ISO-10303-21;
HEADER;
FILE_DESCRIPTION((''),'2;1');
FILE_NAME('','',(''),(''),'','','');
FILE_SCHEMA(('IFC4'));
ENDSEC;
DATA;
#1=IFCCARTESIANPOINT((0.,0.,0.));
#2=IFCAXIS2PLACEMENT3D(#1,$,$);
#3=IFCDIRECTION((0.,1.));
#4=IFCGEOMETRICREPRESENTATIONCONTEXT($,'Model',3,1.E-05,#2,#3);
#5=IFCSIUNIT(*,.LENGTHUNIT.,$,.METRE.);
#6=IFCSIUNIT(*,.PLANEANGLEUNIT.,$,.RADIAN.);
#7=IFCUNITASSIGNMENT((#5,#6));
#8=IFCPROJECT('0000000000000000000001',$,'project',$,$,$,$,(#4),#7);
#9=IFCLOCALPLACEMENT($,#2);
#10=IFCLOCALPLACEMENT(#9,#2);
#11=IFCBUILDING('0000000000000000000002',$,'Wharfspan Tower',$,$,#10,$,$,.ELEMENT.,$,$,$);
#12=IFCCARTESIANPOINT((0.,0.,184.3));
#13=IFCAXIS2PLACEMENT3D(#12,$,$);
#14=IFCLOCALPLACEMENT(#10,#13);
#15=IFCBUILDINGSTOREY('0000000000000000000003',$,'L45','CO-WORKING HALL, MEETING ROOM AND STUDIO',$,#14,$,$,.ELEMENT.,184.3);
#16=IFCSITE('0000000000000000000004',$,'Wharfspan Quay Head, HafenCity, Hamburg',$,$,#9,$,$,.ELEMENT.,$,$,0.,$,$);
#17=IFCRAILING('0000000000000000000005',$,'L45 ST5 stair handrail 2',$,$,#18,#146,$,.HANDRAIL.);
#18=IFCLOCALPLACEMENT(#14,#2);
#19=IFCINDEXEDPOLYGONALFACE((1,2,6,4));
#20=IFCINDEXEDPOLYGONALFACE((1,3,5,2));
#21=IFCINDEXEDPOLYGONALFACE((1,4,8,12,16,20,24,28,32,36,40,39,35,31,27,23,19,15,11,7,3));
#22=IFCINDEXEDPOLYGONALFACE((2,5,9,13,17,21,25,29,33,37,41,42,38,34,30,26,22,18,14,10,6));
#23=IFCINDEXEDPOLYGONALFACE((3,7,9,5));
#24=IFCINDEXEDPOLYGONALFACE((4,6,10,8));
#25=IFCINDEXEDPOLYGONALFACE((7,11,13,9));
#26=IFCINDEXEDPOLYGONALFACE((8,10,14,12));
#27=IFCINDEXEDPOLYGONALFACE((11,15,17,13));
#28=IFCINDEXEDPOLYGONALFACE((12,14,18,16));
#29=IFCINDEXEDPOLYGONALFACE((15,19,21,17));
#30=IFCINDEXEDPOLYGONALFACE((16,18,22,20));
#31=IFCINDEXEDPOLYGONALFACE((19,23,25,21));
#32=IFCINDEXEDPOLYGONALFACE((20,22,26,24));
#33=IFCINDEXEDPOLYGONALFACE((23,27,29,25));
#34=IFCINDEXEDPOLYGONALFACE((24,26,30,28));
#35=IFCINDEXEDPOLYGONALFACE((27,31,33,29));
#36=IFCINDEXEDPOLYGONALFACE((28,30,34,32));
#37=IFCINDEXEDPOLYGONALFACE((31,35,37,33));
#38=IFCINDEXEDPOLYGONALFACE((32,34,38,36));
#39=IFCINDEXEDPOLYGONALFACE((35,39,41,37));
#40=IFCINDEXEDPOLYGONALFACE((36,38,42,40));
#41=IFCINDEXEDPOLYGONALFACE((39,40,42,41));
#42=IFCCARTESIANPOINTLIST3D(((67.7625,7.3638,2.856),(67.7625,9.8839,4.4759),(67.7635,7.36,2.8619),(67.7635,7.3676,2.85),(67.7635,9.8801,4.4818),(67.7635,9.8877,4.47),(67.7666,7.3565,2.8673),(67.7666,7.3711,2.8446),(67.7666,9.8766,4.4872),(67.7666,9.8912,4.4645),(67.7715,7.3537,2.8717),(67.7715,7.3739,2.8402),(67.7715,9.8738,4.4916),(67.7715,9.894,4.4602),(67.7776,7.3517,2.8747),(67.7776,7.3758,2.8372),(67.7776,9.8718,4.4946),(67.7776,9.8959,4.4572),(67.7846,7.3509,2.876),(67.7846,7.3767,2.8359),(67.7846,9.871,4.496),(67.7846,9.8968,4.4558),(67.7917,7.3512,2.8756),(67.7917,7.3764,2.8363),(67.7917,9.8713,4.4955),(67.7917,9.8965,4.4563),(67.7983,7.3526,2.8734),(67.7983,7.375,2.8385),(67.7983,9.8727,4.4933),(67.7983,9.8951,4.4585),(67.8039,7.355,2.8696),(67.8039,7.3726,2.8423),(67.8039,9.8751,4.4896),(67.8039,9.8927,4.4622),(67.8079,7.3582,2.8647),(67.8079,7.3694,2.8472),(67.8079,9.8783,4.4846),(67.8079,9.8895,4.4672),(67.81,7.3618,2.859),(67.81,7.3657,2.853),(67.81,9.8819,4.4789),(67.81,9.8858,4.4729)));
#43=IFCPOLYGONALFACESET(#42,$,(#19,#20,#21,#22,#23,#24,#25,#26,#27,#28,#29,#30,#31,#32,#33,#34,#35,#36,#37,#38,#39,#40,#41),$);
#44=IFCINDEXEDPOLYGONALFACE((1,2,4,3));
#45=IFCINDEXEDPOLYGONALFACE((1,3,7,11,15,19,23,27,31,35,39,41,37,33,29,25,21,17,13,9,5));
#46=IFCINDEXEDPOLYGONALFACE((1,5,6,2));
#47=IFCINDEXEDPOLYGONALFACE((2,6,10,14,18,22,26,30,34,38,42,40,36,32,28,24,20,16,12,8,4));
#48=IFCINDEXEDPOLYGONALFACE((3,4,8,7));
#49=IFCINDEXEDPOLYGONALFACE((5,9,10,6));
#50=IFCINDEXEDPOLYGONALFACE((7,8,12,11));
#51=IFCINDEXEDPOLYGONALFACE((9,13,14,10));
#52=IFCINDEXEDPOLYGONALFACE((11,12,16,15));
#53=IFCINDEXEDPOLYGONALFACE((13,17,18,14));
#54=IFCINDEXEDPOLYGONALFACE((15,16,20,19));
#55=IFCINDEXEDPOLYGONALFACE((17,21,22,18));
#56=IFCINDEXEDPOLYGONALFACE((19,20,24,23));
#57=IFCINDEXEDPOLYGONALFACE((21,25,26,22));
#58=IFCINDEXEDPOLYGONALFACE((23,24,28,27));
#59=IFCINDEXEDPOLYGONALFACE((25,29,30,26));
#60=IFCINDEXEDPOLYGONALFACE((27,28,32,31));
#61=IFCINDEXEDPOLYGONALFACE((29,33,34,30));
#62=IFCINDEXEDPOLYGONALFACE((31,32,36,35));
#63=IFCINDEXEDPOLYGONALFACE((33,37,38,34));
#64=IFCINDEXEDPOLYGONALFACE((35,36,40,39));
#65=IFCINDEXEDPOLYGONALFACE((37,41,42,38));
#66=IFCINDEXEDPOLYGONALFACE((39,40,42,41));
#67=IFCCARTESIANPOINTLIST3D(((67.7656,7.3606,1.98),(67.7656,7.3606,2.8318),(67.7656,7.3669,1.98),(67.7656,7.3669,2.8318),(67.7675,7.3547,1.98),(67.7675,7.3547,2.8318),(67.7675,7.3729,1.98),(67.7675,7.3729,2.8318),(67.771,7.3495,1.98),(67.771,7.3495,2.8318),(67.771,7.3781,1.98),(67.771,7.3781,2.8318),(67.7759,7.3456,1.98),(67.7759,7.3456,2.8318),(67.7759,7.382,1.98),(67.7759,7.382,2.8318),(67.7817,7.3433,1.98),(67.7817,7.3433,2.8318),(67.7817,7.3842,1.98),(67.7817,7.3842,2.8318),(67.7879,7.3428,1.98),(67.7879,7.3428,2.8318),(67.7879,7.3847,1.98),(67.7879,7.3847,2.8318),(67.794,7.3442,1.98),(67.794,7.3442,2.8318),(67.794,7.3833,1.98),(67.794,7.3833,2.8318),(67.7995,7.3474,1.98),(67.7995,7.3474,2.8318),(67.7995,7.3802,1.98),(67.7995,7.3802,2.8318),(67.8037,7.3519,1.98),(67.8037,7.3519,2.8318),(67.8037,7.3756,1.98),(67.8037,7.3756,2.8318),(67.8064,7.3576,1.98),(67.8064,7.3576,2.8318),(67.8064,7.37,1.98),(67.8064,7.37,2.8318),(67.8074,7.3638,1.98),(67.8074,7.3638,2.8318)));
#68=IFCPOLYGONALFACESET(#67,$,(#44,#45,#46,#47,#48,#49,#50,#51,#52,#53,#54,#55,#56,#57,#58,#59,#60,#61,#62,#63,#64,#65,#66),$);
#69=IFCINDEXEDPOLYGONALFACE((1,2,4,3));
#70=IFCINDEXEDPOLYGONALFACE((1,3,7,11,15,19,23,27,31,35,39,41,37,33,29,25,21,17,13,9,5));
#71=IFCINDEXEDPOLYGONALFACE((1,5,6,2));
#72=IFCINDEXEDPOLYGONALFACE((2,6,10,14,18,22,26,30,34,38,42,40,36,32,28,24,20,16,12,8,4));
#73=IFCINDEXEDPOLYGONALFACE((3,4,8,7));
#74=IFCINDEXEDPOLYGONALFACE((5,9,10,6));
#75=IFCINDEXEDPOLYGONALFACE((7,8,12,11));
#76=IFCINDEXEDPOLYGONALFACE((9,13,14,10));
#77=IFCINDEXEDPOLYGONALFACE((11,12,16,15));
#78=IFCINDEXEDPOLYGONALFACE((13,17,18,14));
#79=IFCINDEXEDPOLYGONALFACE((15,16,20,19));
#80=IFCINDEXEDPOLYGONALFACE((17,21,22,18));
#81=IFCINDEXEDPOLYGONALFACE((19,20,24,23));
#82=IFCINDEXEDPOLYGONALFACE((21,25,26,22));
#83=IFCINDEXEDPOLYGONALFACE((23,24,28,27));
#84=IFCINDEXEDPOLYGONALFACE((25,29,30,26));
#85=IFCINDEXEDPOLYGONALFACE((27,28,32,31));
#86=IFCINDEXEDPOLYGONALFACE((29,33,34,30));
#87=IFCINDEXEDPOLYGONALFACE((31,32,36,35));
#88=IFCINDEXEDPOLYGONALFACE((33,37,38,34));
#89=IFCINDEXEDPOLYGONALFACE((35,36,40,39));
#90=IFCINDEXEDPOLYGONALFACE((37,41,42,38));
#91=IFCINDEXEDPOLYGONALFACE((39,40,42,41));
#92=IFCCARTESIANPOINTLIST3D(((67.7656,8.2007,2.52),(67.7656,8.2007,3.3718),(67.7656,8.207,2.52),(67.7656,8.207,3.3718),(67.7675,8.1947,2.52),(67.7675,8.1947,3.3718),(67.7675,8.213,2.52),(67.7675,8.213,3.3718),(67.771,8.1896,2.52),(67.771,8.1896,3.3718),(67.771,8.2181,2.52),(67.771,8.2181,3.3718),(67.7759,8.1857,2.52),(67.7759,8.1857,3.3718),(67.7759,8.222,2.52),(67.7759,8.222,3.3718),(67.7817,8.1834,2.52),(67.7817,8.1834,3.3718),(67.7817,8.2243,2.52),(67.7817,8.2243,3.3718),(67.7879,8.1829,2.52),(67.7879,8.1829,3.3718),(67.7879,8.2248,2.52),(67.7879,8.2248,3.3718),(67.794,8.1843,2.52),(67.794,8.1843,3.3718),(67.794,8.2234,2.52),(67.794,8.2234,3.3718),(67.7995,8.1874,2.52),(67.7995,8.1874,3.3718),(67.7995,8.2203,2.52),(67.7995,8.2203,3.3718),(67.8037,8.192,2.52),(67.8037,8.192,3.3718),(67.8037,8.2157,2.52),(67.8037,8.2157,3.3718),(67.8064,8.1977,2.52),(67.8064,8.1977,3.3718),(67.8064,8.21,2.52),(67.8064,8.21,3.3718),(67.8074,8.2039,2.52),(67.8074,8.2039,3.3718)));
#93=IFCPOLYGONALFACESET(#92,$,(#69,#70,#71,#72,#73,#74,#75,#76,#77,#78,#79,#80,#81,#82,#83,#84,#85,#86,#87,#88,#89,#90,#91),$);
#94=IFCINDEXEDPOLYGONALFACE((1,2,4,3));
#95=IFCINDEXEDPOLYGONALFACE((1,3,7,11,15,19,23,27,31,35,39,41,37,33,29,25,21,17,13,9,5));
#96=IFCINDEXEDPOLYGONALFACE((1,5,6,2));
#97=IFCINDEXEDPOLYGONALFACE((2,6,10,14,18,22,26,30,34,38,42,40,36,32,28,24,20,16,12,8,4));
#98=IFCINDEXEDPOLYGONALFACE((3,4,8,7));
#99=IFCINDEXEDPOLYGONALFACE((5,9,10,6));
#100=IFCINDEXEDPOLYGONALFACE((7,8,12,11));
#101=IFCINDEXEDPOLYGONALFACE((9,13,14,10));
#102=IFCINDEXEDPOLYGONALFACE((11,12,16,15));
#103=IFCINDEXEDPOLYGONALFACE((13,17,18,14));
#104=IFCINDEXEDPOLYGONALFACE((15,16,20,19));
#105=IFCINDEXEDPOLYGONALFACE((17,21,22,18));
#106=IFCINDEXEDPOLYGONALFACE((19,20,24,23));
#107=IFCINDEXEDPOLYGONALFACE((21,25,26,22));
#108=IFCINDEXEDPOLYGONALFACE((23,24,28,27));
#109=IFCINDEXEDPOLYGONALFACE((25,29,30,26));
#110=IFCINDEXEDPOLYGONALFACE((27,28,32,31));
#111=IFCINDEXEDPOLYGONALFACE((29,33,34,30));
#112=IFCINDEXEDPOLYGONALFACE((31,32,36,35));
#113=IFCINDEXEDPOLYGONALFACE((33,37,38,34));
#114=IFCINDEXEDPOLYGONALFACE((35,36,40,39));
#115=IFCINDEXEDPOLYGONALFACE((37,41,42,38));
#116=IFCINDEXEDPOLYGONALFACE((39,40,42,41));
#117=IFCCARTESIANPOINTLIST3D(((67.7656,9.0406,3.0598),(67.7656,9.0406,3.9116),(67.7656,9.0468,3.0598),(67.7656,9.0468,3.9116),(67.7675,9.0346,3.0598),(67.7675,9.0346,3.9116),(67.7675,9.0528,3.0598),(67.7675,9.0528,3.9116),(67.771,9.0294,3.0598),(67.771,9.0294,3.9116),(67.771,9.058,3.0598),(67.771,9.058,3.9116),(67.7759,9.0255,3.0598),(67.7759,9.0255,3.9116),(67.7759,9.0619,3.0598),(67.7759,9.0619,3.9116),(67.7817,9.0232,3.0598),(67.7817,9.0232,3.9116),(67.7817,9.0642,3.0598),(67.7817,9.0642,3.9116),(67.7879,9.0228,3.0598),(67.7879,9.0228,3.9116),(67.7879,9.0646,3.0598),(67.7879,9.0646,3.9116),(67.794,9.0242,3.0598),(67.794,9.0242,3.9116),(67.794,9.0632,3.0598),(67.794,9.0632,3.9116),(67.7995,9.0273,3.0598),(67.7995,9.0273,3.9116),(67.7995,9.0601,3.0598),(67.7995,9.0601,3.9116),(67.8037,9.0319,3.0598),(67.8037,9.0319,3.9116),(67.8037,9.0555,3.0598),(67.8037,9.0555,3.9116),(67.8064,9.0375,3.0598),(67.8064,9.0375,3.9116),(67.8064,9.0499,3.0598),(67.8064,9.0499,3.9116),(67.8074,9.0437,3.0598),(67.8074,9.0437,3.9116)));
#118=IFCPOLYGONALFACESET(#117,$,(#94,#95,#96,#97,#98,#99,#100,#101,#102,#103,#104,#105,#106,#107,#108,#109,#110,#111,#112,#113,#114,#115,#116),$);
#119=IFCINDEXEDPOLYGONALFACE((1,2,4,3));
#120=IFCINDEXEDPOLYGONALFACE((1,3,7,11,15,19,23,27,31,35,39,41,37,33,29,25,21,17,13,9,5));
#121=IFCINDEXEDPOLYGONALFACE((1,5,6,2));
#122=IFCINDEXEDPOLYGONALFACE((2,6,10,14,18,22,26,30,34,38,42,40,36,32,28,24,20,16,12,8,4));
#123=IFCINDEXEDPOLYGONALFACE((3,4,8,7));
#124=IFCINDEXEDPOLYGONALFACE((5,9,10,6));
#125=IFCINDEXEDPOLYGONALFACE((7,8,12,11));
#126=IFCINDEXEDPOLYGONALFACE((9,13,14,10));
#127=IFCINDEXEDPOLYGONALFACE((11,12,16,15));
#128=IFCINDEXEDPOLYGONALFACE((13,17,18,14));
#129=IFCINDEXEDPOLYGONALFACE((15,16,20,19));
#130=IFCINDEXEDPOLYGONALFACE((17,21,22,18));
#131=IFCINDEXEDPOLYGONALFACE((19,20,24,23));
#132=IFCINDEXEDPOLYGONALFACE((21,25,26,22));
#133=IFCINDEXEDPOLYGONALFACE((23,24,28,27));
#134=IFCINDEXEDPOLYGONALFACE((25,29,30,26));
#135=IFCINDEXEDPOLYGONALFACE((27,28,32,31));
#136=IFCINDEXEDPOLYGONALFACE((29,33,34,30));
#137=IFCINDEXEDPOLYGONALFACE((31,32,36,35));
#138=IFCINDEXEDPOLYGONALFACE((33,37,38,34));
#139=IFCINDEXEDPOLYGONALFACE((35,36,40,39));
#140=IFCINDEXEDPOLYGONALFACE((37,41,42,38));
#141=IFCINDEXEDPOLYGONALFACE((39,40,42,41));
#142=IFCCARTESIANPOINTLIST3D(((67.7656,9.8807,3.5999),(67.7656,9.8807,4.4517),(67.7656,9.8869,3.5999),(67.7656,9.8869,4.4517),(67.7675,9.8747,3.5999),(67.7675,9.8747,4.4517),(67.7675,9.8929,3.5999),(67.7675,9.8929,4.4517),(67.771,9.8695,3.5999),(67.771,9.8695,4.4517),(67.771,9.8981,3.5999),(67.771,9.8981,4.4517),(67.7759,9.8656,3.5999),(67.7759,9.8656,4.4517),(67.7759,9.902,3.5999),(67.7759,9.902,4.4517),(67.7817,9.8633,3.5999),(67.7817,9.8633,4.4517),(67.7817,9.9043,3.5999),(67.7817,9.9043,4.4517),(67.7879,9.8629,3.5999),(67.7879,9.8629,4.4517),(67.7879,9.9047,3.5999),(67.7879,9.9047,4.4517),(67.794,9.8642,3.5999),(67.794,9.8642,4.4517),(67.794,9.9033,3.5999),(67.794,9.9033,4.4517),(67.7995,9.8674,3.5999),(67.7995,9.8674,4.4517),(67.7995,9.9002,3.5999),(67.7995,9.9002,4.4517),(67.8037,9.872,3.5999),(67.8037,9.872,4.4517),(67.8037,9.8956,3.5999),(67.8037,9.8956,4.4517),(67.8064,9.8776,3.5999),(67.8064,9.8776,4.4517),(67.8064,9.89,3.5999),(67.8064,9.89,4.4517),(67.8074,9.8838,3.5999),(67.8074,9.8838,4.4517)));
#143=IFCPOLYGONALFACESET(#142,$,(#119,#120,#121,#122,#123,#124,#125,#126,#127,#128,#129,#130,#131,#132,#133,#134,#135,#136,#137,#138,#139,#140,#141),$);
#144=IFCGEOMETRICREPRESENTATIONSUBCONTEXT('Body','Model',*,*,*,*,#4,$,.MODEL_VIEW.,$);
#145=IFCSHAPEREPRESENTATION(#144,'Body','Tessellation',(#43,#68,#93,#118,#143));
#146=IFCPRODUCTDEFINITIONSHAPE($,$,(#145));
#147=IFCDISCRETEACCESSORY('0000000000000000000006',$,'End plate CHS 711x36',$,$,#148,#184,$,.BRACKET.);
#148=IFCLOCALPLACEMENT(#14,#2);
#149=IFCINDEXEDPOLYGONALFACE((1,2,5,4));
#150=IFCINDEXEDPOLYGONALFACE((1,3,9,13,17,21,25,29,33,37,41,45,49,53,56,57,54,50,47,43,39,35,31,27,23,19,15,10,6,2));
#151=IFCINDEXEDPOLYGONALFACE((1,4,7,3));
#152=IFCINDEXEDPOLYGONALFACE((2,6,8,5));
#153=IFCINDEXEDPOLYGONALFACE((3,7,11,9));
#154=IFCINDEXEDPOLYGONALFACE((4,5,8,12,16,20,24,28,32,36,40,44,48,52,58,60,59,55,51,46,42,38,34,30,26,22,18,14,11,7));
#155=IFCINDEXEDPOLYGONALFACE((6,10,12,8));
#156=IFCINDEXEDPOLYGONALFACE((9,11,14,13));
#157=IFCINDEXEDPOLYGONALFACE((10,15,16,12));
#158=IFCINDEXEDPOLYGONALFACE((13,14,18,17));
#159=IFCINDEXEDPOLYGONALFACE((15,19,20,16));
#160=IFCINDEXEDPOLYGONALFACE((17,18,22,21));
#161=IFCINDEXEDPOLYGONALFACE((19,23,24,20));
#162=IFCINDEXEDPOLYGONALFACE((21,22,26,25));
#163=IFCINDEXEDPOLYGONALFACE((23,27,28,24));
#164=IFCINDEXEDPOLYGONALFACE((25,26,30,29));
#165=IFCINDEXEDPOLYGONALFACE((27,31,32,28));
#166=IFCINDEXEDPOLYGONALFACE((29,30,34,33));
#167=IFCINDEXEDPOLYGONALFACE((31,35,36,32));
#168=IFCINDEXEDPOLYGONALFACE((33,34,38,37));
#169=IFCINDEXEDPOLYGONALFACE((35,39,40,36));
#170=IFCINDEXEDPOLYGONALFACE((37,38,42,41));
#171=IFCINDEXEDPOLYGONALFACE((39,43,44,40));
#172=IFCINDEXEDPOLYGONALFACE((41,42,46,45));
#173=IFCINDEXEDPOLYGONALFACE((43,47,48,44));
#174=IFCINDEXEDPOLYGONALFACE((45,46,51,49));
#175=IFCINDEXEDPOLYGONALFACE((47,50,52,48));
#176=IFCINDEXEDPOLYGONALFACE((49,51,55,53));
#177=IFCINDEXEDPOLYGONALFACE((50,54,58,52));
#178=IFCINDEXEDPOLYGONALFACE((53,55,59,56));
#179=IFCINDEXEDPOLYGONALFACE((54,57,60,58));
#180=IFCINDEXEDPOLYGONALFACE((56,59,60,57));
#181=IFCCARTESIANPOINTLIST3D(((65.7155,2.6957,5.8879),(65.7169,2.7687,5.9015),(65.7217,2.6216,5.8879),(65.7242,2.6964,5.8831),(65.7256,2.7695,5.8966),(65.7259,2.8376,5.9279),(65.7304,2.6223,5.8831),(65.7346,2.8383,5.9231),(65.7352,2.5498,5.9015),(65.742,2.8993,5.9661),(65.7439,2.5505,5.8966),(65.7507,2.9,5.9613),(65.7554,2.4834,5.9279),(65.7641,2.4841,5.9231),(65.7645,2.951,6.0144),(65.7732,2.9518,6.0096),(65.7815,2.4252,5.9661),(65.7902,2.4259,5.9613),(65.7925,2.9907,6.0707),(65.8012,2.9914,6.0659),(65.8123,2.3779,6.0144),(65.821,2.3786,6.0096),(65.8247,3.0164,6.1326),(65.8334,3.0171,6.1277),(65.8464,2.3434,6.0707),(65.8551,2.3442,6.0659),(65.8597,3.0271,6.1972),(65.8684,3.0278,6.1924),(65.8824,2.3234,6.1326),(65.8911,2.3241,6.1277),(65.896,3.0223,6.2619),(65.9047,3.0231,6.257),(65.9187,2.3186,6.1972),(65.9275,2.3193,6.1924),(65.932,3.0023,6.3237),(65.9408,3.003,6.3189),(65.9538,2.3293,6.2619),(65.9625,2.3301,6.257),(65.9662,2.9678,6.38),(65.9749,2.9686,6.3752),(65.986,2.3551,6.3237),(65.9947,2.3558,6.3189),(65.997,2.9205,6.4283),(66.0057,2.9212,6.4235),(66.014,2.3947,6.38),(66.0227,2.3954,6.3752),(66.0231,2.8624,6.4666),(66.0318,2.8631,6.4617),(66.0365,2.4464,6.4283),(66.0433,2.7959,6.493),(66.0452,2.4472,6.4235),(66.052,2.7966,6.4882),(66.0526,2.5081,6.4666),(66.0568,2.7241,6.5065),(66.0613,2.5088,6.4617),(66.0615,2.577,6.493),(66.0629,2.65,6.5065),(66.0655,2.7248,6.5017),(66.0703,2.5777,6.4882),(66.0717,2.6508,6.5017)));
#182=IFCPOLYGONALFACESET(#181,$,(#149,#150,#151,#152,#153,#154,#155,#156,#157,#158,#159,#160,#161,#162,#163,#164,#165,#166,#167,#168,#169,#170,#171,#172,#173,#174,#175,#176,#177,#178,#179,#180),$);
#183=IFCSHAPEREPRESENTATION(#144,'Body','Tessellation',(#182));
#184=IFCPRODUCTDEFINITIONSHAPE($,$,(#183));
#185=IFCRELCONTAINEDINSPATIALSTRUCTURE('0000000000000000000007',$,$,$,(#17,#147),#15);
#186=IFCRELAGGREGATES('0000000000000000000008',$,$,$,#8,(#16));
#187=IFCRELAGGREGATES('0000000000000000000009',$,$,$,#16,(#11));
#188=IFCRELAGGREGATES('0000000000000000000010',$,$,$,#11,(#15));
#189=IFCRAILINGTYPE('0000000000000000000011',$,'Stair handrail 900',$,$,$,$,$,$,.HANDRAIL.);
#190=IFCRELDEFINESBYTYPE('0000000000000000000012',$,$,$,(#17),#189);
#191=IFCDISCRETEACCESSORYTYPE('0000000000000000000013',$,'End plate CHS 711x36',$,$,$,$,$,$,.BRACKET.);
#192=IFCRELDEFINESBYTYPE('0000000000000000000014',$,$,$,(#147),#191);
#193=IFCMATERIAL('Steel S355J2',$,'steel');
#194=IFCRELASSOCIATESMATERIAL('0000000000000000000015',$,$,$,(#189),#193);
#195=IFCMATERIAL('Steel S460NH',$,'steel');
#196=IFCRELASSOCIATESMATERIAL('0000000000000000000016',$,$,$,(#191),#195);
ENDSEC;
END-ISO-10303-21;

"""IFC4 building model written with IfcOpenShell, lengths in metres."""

from ifc_helpers import new_model, si_unit, direction, frame, origin, origin_2d, place, context, subcontext, project, spatial, circle, extrude, material, material_profile, profile_set, type_object, element, save


model = new_model("IFC4")

# Units and contexts
model_context = context("Model", 3, precision=1e-05, world=origin(), true_north=direction((0.0, 1.0)))
body_context = subcontext(model_context, "Body", "Model", "MODEL_VIEW")
ifc_project = project(units=[si_unit("LENGTHUNIT", "METRE"), si_unit("PLANEANGLEUNIT", "RADIAN")], contexts=[model_context])

# Site, building, storey
site_placement = place(None, origin())
site = spatial("IfcSite", under=ifc_project, at=site_placement, Name="Wharfspan Quay Head, HafenCity, Hamburg", CompositionType="ELEMENT", RefElevation=0.0)
building_placement = place(site_placement, origin())
building = spatial("IfcBuilding", under=site, at=building_placement, Name="Wharfspan Tower", CompositionType="ELEMENT")
storey_placement = place(building_placement, frame((0.0, 0.0, 184.3)))
storey = spatial("IfcBuildingStorey", under=building, at=storey_placement, Name="L45", Description="CO-WORKING HALL, MEETING ROOM AND STUDIO", CompositionType="ELEMENT", Elevation=184.3)

# Shared definitions
ifc_material_1 = material(Name="Steel S355J2", Category="steel")

# Shared definitions
ifc_material_2 = material(Name="Steel S460NH", Category="steel")

# Railing
railing_type = type_object("IfcRailingType", Name="Stair handrail 900", PredefinedType="HANDRAIL", material=ifc_material_1)
railing_placement = place(storey_placement, frame((67.7864, 7.3638, 1.98)))
element("IfcRailing", 1, at=railing_placement, inside=storey, type_object=railing_type, Name="L45 ST5 stair handrail 2", PredefinedType="HANDRAIL", context=body_context, shape_type="SweptSolid", body=[
    extrude(circle(Radius=0.0239, at=origin_2d()), frame((0.0, 0.0, 0.876), z_axis=(0.0, 0.8412, 0.540725), x_axis=(-1.0, 0.0, 0.0)), (0.0, 0.0, 1.0), 2.9958),
    extrude(circle(Radius=0.021, at=origin_2d()), origin(), (0.0, 0.0, 1.0), 0.8518),
    extrude(circle(Radius=0.021, at=origin_2d()), frame((0.0, 0.8401, 0.54)), (0.0, 0.0, 1.0), 0.8518),
    extrude(circle(Radius=0.021, at=origin_2d()), frame((0.0, 1.6799, 1.0798)), (0.0, 0.0, 1.0), 0.8518),
    extrude(circle(Radius=0.021, at=origin_2d()), frame((0.0, 2.52, 1.6199)), (0.0, 0.0, 1.0), 0.8518),
])

# Discrete accessory
ifc_material_profile_1 = material_profile(ifc_material_2, circle(Radius=0.3555, at=origin_2d()))
ifc_profile_set_1 = profile_set([ifc_material_profile_1], Name="Steel S460NH")
discrete_accessory_type = type_object("IfcDiscreteAccessoryType", Name="End plate CHS 711x36", PredefinedType="BRACKET", material=ifc_profile_set_1)
discrete_accessory_placement = place(storey_placement, frame((65.8979, 2.6736, 6.1924), z_axis=(-0.871847, -0.072654, 0.484359), x_axis=(0.083044, -0.996547, -0.000003)))
element("IfcDiscreteAccessory", 2, at=discrete_accessory_placement, inside=storey, type_object=discrete_accessory_type, Name="End plate CHS 711x36", PredefinedType="BRACKET", context=body_context, shape_type="SweptSolid", body=[
    extrude(circle(Radius=0.3555, at=origin_2d()), origin(), (0.0, 0.0, 1.0), 0.01),
])

save(model, "model.ifc")
